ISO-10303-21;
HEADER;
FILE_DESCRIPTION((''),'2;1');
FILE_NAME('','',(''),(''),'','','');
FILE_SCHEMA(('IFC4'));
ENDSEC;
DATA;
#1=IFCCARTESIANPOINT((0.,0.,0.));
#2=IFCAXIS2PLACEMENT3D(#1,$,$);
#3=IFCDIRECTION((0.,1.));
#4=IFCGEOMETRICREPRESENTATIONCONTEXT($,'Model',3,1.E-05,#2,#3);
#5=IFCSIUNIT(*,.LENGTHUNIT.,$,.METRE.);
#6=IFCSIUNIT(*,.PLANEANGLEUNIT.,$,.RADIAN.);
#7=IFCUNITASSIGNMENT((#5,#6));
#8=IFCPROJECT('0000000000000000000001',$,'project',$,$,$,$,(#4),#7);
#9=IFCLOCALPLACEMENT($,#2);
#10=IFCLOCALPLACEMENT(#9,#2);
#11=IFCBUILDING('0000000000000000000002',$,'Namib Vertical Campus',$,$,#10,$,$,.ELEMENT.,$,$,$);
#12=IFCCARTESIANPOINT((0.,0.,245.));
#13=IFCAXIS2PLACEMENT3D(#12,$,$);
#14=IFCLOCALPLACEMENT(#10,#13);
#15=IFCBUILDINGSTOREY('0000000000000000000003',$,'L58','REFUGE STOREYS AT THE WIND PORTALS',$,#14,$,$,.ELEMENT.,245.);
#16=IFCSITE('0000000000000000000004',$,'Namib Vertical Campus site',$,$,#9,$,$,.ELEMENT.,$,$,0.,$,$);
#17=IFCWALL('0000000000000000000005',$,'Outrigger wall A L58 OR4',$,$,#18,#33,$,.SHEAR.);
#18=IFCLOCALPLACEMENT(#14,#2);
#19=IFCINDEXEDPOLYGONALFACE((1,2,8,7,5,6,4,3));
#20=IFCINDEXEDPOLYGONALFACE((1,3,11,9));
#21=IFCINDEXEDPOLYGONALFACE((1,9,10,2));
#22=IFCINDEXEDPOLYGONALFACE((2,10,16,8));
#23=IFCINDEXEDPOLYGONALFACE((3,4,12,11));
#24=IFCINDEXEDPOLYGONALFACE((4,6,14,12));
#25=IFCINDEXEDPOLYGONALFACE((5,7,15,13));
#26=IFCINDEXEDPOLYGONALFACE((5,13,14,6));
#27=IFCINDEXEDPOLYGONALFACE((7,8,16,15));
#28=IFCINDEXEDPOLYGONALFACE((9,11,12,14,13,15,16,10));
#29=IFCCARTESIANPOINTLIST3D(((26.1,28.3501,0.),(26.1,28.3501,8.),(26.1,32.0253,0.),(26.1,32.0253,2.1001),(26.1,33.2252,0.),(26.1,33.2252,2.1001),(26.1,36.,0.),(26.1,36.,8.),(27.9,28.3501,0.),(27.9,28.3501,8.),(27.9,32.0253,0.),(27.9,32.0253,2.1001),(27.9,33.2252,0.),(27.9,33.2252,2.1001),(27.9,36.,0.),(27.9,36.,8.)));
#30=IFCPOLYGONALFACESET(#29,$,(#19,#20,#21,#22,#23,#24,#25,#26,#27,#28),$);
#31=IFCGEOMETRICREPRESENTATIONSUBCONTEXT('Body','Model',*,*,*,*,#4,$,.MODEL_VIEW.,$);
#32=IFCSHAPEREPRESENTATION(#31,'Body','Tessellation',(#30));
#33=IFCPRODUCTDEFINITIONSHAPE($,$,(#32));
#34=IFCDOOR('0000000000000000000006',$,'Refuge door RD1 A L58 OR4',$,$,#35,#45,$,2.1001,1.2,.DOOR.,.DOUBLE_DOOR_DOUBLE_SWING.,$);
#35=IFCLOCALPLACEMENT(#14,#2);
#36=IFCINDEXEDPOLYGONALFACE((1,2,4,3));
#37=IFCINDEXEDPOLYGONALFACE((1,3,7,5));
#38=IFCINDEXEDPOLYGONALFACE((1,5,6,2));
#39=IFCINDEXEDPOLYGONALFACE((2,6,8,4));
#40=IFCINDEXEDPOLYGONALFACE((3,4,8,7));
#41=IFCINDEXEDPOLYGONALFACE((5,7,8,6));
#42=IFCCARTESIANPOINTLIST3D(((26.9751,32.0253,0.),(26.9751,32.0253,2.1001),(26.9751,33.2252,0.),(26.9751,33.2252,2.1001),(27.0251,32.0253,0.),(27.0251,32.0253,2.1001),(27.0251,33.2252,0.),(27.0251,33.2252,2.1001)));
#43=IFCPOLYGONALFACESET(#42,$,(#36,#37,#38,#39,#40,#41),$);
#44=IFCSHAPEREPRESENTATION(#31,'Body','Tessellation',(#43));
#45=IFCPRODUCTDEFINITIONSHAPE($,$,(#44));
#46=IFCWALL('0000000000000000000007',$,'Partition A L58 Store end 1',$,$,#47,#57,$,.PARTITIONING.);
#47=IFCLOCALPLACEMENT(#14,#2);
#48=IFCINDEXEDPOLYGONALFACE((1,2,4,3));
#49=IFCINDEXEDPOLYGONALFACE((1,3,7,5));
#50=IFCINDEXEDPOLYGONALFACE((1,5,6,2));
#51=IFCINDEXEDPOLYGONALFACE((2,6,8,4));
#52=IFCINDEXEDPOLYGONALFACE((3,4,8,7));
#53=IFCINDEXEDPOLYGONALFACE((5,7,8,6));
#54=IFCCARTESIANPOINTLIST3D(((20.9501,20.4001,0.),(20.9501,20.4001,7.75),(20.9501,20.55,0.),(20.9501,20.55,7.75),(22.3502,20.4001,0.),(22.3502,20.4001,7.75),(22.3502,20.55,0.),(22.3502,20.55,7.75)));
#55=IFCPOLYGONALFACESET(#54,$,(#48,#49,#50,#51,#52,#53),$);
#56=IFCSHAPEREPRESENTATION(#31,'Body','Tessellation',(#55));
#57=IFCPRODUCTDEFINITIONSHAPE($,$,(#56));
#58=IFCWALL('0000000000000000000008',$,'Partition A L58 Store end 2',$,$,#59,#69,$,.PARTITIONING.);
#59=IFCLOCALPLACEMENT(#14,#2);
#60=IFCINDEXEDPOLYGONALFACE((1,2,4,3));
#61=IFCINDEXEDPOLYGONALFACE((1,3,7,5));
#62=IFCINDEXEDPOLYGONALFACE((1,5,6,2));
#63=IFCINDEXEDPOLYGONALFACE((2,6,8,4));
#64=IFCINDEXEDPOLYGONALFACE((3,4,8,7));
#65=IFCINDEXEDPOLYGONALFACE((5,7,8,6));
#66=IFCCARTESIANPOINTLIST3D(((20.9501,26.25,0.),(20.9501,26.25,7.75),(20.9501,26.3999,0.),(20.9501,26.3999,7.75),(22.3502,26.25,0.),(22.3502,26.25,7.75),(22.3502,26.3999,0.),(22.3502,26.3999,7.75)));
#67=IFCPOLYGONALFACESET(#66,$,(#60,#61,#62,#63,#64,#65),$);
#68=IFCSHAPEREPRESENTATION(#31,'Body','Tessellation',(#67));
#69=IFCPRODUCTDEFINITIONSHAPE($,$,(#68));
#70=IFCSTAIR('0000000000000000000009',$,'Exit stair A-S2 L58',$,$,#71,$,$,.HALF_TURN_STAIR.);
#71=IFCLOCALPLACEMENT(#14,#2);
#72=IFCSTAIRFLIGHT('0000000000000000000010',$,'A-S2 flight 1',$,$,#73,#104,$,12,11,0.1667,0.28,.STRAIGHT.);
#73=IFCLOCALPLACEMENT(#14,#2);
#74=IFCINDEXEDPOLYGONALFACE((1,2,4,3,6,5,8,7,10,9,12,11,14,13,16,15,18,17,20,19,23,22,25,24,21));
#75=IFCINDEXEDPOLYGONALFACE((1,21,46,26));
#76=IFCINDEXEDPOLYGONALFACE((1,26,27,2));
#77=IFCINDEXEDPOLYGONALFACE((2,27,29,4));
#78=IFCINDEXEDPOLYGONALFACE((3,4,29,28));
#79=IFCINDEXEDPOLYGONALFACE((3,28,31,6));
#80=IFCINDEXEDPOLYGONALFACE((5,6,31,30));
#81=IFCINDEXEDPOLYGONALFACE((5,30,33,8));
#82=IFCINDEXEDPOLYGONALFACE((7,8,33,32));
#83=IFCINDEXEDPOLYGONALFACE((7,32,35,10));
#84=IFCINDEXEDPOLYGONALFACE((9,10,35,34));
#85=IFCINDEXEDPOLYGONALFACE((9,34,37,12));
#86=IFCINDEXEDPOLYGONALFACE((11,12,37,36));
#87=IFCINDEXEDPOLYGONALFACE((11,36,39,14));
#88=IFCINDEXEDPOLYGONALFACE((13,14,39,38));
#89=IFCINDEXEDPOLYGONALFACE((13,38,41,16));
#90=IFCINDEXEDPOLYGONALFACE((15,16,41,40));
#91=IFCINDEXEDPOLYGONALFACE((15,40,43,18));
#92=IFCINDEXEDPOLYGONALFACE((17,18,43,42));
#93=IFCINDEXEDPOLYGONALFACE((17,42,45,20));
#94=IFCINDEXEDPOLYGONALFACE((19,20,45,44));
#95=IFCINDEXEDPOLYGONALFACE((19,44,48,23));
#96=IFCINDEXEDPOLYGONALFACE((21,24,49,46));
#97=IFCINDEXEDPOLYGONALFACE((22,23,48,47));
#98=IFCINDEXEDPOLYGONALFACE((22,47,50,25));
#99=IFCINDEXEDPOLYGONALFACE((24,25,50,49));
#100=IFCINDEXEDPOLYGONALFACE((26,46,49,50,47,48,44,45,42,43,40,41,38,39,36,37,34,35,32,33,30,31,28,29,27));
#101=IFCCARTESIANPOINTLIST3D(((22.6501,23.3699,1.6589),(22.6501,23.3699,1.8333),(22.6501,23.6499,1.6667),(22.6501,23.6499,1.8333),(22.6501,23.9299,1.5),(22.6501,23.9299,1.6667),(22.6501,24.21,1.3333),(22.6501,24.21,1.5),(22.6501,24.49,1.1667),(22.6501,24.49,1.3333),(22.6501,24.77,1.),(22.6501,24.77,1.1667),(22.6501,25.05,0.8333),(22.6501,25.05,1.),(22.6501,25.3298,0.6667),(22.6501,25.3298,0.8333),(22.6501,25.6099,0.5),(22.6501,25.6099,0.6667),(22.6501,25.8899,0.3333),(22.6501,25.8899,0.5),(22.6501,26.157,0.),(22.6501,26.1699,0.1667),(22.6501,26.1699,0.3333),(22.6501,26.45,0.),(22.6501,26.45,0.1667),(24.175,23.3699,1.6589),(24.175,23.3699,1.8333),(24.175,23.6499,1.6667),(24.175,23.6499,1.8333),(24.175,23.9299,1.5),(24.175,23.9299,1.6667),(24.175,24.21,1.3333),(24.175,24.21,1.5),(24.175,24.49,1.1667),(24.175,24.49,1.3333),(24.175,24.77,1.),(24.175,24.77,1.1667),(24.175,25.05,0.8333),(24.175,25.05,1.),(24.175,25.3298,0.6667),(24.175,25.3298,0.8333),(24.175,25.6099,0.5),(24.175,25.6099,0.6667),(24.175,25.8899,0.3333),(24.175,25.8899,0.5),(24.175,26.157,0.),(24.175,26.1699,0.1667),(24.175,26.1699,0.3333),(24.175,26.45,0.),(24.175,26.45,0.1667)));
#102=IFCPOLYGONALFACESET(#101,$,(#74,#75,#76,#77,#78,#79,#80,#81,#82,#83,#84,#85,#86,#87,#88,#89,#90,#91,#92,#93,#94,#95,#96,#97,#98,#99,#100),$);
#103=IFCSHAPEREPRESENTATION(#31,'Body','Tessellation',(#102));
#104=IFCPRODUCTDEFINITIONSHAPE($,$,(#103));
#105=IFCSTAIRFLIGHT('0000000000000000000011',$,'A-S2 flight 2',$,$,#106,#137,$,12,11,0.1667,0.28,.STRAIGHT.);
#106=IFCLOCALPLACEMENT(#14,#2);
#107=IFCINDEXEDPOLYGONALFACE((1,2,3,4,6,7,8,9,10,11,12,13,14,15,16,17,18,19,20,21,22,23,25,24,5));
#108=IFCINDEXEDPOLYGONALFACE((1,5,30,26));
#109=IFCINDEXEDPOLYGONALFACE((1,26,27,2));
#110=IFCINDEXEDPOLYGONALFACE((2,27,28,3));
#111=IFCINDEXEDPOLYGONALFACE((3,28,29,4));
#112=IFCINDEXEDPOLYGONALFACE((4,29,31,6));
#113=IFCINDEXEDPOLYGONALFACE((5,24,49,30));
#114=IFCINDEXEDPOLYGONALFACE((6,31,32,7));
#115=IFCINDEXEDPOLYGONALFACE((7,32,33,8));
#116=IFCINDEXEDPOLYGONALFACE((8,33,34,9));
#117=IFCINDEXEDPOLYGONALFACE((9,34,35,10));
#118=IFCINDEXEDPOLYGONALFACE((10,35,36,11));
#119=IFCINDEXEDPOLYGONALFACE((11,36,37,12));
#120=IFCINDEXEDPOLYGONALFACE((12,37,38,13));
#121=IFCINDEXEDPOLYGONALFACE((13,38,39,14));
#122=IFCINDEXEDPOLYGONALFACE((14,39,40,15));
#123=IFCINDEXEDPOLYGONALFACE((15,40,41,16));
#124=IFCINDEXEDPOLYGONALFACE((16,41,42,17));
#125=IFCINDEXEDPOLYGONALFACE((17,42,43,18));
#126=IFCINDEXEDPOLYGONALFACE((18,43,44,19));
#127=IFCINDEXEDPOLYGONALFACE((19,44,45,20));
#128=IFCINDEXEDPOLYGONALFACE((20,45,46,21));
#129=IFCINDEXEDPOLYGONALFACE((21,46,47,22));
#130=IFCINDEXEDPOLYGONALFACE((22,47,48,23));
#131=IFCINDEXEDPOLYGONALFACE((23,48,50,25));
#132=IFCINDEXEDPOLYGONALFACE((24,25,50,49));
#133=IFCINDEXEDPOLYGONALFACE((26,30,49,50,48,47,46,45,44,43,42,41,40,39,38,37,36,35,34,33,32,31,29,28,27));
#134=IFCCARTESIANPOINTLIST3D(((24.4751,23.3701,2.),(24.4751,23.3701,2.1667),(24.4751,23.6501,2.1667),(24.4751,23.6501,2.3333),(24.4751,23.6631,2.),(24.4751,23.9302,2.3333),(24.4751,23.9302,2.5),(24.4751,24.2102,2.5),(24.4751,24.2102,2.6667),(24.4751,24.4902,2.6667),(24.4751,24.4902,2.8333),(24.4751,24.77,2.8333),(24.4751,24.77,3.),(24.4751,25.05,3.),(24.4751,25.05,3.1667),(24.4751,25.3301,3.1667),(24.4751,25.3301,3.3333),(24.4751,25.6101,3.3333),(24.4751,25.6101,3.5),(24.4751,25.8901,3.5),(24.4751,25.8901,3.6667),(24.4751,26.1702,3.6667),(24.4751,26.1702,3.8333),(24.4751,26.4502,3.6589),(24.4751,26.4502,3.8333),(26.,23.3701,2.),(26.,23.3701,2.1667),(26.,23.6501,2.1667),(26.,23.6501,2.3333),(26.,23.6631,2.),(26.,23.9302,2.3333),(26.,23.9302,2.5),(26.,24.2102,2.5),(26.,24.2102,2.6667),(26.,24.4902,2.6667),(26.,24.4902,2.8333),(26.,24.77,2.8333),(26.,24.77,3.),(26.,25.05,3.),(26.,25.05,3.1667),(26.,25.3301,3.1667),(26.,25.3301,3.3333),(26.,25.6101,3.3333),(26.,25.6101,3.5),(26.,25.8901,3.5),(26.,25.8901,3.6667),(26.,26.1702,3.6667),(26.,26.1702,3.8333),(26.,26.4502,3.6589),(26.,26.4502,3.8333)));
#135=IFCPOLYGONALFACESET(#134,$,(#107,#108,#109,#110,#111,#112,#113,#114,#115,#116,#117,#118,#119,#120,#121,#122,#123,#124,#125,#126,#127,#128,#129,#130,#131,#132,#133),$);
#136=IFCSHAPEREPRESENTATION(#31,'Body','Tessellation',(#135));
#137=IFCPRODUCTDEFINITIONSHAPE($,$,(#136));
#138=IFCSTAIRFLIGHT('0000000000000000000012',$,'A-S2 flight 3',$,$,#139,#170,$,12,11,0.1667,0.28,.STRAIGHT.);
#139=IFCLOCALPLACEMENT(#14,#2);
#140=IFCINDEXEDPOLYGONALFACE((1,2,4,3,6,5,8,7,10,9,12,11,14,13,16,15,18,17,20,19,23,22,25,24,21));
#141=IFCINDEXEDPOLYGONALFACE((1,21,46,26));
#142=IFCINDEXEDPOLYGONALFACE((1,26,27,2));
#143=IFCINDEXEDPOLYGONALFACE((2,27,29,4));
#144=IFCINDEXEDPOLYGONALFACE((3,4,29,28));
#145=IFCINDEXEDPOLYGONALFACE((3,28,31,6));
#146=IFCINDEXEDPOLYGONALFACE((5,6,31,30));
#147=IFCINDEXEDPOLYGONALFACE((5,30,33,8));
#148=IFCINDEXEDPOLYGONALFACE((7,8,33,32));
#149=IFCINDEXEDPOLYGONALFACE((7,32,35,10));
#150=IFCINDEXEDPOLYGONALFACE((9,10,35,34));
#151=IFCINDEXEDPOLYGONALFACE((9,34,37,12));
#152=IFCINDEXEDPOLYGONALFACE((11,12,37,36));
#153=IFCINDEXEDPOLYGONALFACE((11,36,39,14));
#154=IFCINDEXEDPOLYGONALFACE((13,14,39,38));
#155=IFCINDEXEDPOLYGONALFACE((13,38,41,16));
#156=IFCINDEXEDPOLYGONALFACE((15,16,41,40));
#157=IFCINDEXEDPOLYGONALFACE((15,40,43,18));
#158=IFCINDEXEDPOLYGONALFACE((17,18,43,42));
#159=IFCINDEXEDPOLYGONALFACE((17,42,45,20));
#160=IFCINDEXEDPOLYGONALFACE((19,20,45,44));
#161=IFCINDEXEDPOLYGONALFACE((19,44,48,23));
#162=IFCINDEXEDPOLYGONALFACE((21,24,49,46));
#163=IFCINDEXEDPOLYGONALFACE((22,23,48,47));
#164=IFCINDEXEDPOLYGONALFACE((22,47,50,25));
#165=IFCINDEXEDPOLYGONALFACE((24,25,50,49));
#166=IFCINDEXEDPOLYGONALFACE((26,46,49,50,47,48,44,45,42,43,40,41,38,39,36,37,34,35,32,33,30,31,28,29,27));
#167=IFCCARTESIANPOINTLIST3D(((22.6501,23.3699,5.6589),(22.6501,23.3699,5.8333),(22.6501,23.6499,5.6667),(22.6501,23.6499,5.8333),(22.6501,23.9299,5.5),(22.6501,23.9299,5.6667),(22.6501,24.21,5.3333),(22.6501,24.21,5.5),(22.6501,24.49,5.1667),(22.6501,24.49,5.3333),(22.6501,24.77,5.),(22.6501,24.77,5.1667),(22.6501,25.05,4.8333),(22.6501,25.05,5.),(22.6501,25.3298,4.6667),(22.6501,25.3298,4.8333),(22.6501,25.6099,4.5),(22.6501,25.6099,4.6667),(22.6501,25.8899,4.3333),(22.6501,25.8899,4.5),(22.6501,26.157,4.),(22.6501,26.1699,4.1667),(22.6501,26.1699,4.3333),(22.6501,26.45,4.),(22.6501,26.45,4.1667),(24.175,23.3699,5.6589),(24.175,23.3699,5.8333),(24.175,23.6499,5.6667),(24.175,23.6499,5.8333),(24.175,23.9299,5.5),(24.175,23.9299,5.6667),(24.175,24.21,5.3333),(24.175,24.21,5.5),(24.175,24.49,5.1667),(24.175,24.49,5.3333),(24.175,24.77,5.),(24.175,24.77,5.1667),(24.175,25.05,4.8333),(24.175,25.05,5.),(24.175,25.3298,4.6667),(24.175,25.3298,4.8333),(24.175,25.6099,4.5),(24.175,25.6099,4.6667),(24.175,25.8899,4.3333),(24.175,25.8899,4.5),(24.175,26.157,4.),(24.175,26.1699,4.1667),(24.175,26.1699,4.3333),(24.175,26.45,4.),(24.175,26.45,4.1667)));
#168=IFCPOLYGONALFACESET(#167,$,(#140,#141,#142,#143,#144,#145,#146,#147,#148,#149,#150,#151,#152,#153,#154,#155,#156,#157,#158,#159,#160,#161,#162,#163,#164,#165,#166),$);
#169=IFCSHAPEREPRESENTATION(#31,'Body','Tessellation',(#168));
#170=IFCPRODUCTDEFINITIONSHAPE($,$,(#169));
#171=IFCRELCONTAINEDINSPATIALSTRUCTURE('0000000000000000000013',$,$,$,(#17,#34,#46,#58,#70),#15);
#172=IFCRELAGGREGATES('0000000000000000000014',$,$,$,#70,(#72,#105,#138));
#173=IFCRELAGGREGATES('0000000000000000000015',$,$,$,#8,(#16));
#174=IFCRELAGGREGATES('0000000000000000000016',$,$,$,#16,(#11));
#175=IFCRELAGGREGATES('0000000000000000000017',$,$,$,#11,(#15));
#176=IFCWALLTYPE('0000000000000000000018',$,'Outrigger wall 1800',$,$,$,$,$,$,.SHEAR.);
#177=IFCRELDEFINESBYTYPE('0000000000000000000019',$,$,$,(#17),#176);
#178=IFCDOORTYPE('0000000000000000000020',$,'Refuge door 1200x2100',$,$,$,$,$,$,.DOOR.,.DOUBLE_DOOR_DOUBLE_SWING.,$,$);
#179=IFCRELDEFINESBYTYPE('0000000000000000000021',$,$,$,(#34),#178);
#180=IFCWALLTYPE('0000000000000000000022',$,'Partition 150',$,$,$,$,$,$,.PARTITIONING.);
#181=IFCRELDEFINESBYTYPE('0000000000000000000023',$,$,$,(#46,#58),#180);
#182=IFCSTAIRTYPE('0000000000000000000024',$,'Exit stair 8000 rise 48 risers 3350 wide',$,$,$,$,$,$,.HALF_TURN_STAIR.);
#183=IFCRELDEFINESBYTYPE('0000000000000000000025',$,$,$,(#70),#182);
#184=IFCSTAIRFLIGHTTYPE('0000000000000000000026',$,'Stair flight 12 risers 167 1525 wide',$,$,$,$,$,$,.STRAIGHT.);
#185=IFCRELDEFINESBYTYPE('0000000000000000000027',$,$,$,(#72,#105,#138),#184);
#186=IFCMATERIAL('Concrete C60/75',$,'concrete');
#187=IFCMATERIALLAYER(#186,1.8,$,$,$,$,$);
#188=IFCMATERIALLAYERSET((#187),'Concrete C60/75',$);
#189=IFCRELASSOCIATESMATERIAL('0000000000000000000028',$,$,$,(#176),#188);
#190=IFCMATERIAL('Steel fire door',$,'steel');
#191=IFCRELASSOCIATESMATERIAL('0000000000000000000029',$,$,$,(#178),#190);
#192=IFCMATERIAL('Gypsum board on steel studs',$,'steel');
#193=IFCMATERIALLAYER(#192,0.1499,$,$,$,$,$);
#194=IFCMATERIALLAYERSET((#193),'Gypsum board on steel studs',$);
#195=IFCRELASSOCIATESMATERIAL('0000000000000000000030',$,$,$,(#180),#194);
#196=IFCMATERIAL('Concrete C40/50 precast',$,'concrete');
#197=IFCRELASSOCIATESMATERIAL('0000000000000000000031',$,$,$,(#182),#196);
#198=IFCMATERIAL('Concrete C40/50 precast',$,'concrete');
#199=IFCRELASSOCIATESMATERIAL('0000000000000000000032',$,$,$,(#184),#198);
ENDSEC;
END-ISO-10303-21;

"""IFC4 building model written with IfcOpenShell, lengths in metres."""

from ifc_helpers import new_model, si_unit, direction, frame, frame_2d, origin, place, context, subcontext, project, spatial, polyline, rectangle, outline, extrude, material, layer, layer_set, type_object, element, fill, aggregate, save


model = new_model("IFC4")

# Units and contexts
model_context = context("Model", 3, precision=1e-05, world=origin(), true_north=direction((0.0, 1.0)))
body_context = subcontext(model_context, "Body", "Model", "MODEL_VIEW")
ifc_project = project(units=[si_unit("LENGTHUNIT", "METRE"), si_unit("PLANEANGLEUNIT", "RADIAN")], contexts=[model_context])

# Site, building, storey
site_placement = place(None, origin())
site = spatial("IfcSite", under=ifc_project, at=site_placement, Name="Namib Vertical Campus site", CompositionType="ELEMENT", RefElevation=0.0)
building_placement = place(site_placement, origin())
building = spatial("IfcBuilding", under=site, at=building_placement, Name="Namib Vertical Campus", CompositionType="ELEMENT")
storey_placement = place(building_placement, frame((0.0, 0.0, 245.0)))
storey = spatial("IfcBuildingStorey", under=building, at=storey_placement, Name="L58", Description="REFUGE STOREYS AT THE WIND PORTALS", CompositionType="ELEMENT", Elevation=245.0)

# Wall, opening, door
ifc_material_1 = material(Name="Concrete C60/75", Category="concrete")
ifc_layer_1 = layer(ifc_material_1, 1.8)
ifc_layer_set_1 = layer_set([ifc_layer_1], Name="Concrete C60/75")
wall_type_1 = type_object("IfcWallType", Name="Outrigger wall 1800", PredefinedType="SHEAR", material=ifc_layer_set_1)
wall_1_placement = place(storey_placement, frame((27.0, 28.3501, 0.0), z_axis=(0.0, 0.0, 1.0), x_axis=(0.0, 1.0, 0.0)))
wall_1 = element("IfcWall", 1, at=wall_1_placement, inside=storey, type_object=wall_type_1, Name="Outrigger wall A L58 OR4", PredefinedType="SHEAR", context=body_context, shape_type="SweptSolid", body=[
    extrude(rectangle(XDim=7.6499, YDim=1.8, at=frame_2d((3.825, 0.0))), origin(), (0.0, 0.0, 1.0), 8.0),
])
opening_placement = place(wall_1_placement, frame((3.675, 0.0, 0.0)))
opening = element("IfcOpeningElement", 2, at=opening_placement, cuts=wall_1, PredefinedType="OPENING", context=body_context, shape_type="SweptSolid", body=[
    extrude(rectangle(XDim=1.2, YDim=2.1001, at=frame_2d((0.6001, 1.05))), frame((0.0, 0.9099, 0.0), z_axis=(0.0, -1.0, 0.0), x_axis=(1.0, 0.0, 0.0)), (0.0, 0.0, 1.0), 1.8201),
])
ifc_material_2 = material(Name="Steel fire door", Category="steel")
door_type = type_object("IfcDoorType", Name="Refuge door 1200x2100", OperationType="DOUBLE_DOOR_DOUBLE_SWING", PredefinedType="DOOR", material=ifc_material_2)
door_placement = place(opening_placement, origin())
door = element("IfcDoor", 3, at=door_placement, inside=storey, type_object=door_type, Name="Refuge door RD1 A L58 OR4", OperationType="DOUBLE_DOOR_DOUBLE_SWING", OverallHeight=2.1001, OverallWidth=1.2, PredefinedType="DOOR", context=body_context, shape_type="SweptSolid", body=[
    extrude(rectangle(XDim=1.2, YDim=2.1001, at=frame_2d((0.6001, 1.05))), frame((0.0, 0.0249, 0.0), z_axis=(0.0, -1.0, 0.0), x_axis=(1.0, 0.0, 0.0)), (0.0, 0.0, 1.0), 0.05),
])
fill(opening, door)

# Walls
ifc_material_3 = material(Name="Gypsum board on steel studs", Category="steel")
ifc_layer_2 = layer(ifc_material_3, 0.1499)
ifc_layer_set_2 = layer_set([ifc_layer_2], Name="Gypsum board on steel studs")
wall_type_2 = type_object("IfcWallType", Name="Partition 150", PredefinedType="PARTITIONING", material=ifc_layer_set_2)
for number, where, z_axis, x_axis, name in (
    (4, (20.95, 20.4751, 0.0), (0.0, 0.0, 1.0), (1.0, 0.0, 0.0), "Partition A L58 Store end 1"),
    (5, (20.95, 26.325, 0.0), (0.0, 0.0, 1.0), (1.0, 0.0, 0.0), "Partition A L58 Store end 2"),
):
    element("IfcWall", number, at=place(storey_placement, frame(where, z_axis=z_axis, x_axis=x_axis)), inside=storey, type_object=wall_type_2, Name=name, PredefinedType="PARTITIONING", context=body_context, shape_type="SweptSolid", body=[
        extrude(rectangle(XDim=1.4001, YDim=0.1499, at=frame_2d((0.7002, 0.0))), origin(), (0.0, 0.0, 1.0), 7.75),
    ])

# Stair, stair flights
ifc_material_4 = material(Name="Concrete C40/50 precast", Category="concrete")
stair_type = type_object("IfcStairType", Name="Exit stair 8000 rise 48 risers 3350 wide", PredefinedType="HALF_TURN_STAIR", material=ifc_material_4)
stair_placement = place(storey_placement, origin())
stair = element("IfcStair", 6, at=stair_placement, inside=storey, type_object=stair_type, Name="Exit stair A-S2 L58", PredefinedType="HALF_TURN_STAIR")
ifc_material_5 = material(Name="Concrete C40/50 precast", Category="concrete")
stair_flight_type = type_object("IfcStairFlightType", Name="Stair flight 12 risers 167 1525 wide", PredefinedType="STRAIGHT", material=ifc_material_5)
stair_flight_1_placement = place(storey_placement, frame((23.4126, 26.45, 0.0), z_axis=(0.0, 0.0, 1.0), x_axis=(0.0, -1.0, 0.0)))
stair_flight_1 = element("IfcStairFlight", 7, at=stair_flight_1_placement, type_object=stair_flight_type, Name="A-S2 flight 1", NumberOfRisers=12, NumberOfTreads=11, PredefinedType="STRAIGHT", RiserHeight=0.1667, TreadLength=0.28, context=body_context, shape_type="SweptSolid", body=[
    extrude(outline(polyline([(0.0, 0.0), (0.0, 0.1667), (0.28, 0.1667), (0.28, 0.3333), (0.5601, 0.3333), (0.5601, 0.5), (0.8401, 0.5), (0.8401, 0.6667), (1.1201, 0.6667), (1.1201, 0.8333), (1.3999, 0.8333), (1.3999, 1.0), (1.6799, 1.0), (1.6799, 1.1667), (1.96, 1.1667), (1.96, 1.3333), (2.24, 1.3333), (2.24, 1.5), (2.52, 1.5), (2.52, 1.6667), (2.8, 1.6667), (2.8, 1.8333), (3.0801, 1.8333), (3.0801, 2.0), (3.0801, 1.6589), (0.293, 0.0), (0.0, 0.0)])), frame((0.0, 0.7625, 0.0), z_axis=(0.0, -1.0, 0.0), x_axis=(1.0, 0.0, 0.0)), (0.0, 0.0, 1.0), 1.5249),
])
stair_flight_2_placement = place(storey_placement, frame((25.2375, 23.3701, 2.0), z_axis=(0.0, 0.0, 1.0), x_axis=(0.0, 1.0, 0.0)))
stair_flight_2 = element("IfcStairFlight", 8, at=stair_flight_2_placement, type_object=stair_flight_type, Name="A-S2 flight 2", NumberOfRisers=12, NumberOfTreads=11, PredefinedType="STRAIGHT", RiserHeight=0.1667, TreadLength=0.28, context=body_context, shape_type="SweptSolid", body=[
    extrude(outline(polyline([(0.0, 0.0), (0.0, 0.1667), (0.28, 0.1667), (0.28, 0.3333), (0.5601, 0.3333), (0.5601, 0.5), (0.8401, 0.5), (0.8401, 0.6667), (1.1201, 0.6667), (1.1201, 0.8333), (1.3999, 0.8333), (1.3999, 1.0), (1.6799, 1.0), (1.6799, 1.1667), (1.96, 1.1667), (1.96, 1.3333), (2.24, 1.3333), (2.24, 1.5), (2.52, 1.5), (2.52, 1.6667), (2.8, 1.6667), (2.8, 1.8333), (3.0801, 1.8333), (3.0801, 2.0), (3.0801, 1.6589), (0.293, 0.0), (0.0, 0.0)])), frame((0.0, 0.7625, 0.0), z_axis=(0.0, -1.0, 0.0), x_axis=(1.0, 0.0, 0.0)), (0.0, 0.0, 1.0), 1.5249),
])
stair_flight_3_placement = place(storey_placement, frame((23.4126, 26.45, 4.0), z_axis=(0.0, 0.0, 1.0), x_axis=(0.0, -1.0, 0.0)))
stair_flight_3 = element("IfcStairFlight", 9, at=stair_flight_3_placement, type_object=stair_flight_type, Name="A-S2 flight 3", NumberOfRisers=12, NumberOfTreads=11, PredefinedType="STRAIGHT", RiserHeight=0.1667, TreadLength=0.28, context=body_context, shape_type="SweptSolid", body=[
    extrude(outline(polyline([(0.0, 0.0), (0.0, 0.1667), (0.28, 0.1667), (0.28, 0.3333), (0.5601, 0.3333), (0.5601, 0.5), (0.8401, 0.5), (0.8401, 0.6667), (1.1201, 0.6667), (1.1201, 0.8333), (1.3999, 0.8333), (1.3999, 1.0), (1.6799, 1.0), (1.6799, 1.1667), (1.96, 1.1667), (1.96, 1.3333), (2.24, 1.3333), (2.24, 1.5), (2.52, 1.5), (2.52, 1.6667), (2.8, 1.6667), (2.8, 1.8333), (3.0801, 1.8333), (3.0801, 2.0), (3.0801, 1.6589), (0.293, 0.0), (0.0, 0.0)])), frame((0.0, 0.7625, 0.0), z_axis=(0.0, -1.0, 0.0), x_axis=(1.0, 0.0, 0.0)), (0.0, 0.0, 1.0), 1.5249),
])
aggregate(stair, [stair_flight_1, stair_flight_2, stair_flight_3])

save(model, "model.ifc")
